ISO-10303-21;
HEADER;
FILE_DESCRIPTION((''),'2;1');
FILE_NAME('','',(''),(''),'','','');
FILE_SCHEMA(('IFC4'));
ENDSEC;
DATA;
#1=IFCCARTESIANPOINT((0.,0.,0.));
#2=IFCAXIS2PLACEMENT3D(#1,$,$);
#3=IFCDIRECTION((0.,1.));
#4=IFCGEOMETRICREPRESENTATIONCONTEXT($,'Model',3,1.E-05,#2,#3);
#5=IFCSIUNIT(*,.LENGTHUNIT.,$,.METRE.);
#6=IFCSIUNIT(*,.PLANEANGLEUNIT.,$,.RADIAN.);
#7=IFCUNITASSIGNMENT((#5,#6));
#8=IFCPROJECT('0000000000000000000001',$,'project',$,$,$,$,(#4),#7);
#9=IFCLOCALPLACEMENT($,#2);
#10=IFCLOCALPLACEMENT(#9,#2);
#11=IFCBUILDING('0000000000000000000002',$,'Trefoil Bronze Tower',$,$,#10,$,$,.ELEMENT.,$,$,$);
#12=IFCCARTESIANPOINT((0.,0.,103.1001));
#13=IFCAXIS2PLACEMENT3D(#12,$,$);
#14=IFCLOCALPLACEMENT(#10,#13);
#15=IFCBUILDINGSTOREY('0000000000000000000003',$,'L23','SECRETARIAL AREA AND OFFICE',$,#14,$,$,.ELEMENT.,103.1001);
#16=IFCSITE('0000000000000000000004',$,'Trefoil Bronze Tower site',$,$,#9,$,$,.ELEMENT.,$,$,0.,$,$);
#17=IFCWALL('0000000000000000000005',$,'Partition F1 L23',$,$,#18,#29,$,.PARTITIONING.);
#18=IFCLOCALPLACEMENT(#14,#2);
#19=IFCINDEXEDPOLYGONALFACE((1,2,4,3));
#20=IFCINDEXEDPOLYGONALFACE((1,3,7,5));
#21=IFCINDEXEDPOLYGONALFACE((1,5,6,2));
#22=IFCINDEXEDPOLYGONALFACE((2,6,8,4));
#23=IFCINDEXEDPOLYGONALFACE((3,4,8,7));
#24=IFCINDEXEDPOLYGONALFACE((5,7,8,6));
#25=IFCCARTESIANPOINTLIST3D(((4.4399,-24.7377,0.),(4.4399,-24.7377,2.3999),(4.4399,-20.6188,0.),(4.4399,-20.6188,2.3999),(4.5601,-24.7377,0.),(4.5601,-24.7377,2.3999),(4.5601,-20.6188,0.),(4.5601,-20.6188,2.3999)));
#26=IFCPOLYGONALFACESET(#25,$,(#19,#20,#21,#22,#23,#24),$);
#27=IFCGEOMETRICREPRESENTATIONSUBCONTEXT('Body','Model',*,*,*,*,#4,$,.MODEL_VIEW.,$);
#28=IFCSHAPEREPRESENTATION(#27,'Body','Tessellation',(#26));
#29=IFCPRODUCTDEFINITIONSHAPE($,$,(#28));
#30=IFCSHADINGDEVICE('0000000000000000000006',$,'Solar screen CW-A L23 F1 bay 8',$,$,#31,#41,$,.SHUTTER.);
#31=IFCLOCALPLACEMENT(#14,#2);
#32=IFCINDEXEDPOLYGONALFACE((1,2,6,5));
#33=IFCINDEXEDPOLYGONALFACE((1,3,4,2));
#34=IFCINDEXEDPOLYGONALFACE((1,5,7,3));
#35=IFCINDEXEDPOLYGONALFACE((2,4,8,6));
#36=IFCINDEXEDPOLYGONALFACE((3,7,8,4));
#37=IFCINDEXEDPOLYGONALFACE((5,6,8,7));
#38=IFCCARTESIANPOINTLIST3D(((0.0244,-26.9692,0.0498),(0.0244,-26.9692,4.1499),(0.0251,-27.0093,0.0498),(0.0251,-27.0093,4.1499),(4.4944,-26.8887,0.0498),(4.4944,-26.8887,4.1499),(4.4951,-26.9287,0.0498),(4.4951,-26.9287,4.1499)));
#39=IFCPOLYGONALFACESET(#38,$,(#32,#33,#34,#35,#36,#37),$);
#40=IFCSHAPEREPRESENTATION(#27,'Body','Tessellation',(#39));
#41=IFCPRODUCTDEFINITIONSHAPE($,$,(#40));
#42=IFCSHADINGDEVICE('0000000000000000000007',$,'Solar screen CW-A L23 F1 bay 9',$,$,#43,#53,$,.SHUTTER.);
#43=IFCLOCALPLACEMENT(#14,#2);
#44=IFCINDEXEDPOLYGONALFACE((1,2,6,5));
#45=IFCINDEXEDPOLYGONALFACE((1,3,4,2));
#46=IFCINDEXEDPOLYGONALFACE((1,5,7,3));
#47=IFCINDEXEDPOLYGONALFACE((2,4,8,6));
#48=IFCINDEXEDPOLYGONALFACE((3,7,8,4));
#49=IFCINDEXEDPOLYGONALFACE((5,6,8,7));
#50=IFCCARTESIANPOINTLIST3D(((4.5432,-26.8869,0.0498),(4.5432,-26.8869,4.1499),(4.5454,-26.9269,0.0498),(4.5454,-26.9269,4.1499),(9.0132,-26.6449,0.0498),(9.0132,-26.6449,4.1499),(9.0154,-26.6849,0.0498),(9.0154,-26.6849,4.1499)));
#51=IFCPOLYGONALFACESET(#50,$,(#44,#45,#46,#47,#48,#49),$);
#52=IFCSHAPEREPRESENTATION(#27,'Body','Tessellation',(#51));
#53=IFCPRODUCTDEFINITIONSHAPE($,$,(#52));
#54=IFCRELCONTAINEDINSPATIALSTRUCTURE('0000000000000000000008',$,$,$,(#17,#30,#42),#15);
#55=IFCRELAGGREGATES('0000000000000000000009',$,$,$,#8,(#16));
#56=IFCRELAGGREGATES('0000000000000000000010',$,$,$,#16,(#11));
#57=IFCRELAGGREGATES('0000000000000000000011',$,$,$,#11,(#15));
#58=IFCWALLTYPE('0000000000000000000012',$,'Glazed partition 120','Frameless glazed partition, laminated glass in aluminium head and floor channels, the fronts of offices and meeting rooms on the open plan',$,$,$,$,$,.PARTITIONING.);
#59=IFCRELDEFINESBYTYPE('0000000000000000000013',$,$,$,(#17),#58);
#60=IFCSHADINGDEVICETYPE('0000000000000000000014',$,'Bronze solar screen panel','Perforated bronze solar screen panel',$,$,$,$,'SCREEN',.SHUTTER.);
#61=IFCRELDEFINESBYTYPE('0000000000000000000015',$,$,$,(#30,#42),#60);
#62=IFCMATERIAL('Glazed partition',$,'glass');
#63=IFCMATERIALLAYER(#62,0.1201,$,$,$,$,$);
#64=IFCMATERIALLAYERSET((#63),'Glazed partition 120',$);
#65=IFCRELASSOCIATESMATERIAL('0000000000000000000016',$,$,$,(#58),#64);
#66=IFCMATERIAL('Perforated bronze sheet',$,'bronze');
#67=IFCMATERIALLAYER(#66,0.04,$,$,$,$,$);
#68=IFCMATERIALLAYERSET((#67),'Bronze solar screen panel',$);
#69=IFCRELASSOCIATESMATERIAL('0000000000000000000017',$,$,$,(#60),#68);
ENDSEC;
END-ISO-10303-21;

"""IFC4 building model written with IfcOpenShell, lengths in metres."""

from ifc_helpers import new_model, si_unit, direction, frame, frame_2d, origin, origin_2d, place, context, subcontext, project, spatial, rectangle, extrude, material, layer, layer_set, type_object, element, save


model = new_model("IFC4")

# Units and contexts
model_context = context("Model", 3, precision=1e-05, world=origin(), true_north=direction((0.0, 1.0)))
body_context = subcontext(model_context, "Body", "Model", "MODEL_VIEW")
ifc_project = project(units=[si_unit("LENGTHUNIT", "METRE"), si_unit("PLANEANGLEUNIT", "RADIAN")], contexts=[model_context])

# Site, building, storey
site_placement = place(None, origin())
site = spatial("IfcSite", under=ifc_project, at=site_placement, Name="Trefoil Bronze Tower site", CompositionType="ELEMENT", RefElevation=0.0)
building_placement = place(site_placement, origin())
building = spatial("IfcBuilding", under=site, at=building_placement, Name="Trefoil Bronze Tower", CompositionType="ELEMENT")
storey_placement = place(building_placement, frame((0.0, 0.0, 103.1001)))
storey = spatial("IfcBuildingStorey", under=building, at=storey_placement, Name="L23", Description="SECRETARIAL AREA AND OFFICE", CompositionType="ELEMENT", Elevation=103.1001)

# Shared definitions
ifc_material_1 = material(Name="Glazed partition", Category="glass")
ifc_layer_1 = layer(ifc_material_1, 0.1201)
ifc_layer_set_1 = layer_set([ifc_layer_1], Name="Glazed partition 120")
wall_type = type_object("IfcWallType", Name="Glazed partition 120", Description="Frameless glazed partition, laminated glass in aluminium head and floor channels, the fronts of offices and meeting rooms on the open plan", PredefinedType="PARTITIONING", material=ifc_layer_set_1)

# Wall
wall_1_placement = place(storey_placement, frame((4.5, -20.6187, 0.0), z_axis=(0.0, 0.0, 1.0), x_axis=(0.0, -1.0, 0.0)))
element("IfcWall", 1, at=wall_1_placement, inside=storey, type_object=wall_type, Name="Partition F1 L23", PredefinedType="PARTITIONING", context=body_context, shape_type="SweptSolid", body=[
    extrude(rectangle(XDim=4.1189, YDim=0.1201, at=frame_2d((2.0596, 0.0))), origin(), (0.0, 0.0, 1.0), 2.3999),
])

# Shading devices
ifc_material_2 = material(Name="Perforated bronze sheet", Category="bronze")
ifc_layer_2 = layer(ifc_material_2, 0.04)
ifc_layer_set_2 = layer_set([ifc_layer_2], Name="Bronze solar screen panel")
shading_device_type = type_object("IfcShadingDeviceType", Name="Bronze solar screen panel", Description="Perforated bronze solar screen panel", ElementType="SCREEN", PredefinedType="SHUTTER", material=ifc_layer_set_2)
shading_device_1_placement = place(storey_placement, frame((2.2598, -26.949, 0.0498), z_axis=(0.0, 0.0, 1.0), x_axis=(0.999838, 0.018021, 0.0)))
element("IfcShadingDevice", 2, at=shading_device_1_placement, inside=storey, type_object=shading_device_type, Name="Solar screen CW-A L23 F1 bay 8", PredefinedType="SHUTTER", context=body_context, shape_type="SweptSolid", body=[
    extrude(rectangle(XDim=4.4707, YDim=0.04, at=origin_2d()), origin(), (0.0, 0.0, 1.0), 4.1001),
])
shading_device_2_placement = place(storey_placement, frame((6.7793, -26.7859, 0.0498), z_axis=(0.0, 0.0, 1.0), x_axis=(0.998538, 0.054063, 0.0)))
element("IfcShadingDevice", 3, at=shading_device_2_placement, inside=storey, type_object=shading_device_type, Name="Solar screen CW-A L23 F1 bay 9", PredefinedType="SHUTTER", context=body_context, shape_type="SweptSolid", body=[
    extrude(rectangle(XDim=4.4766, YDim=0.04, at=origin_2d()), origin(), (0.0, 0.0, 1.0), 4.1001),
])

save(model, "model.ifc")
